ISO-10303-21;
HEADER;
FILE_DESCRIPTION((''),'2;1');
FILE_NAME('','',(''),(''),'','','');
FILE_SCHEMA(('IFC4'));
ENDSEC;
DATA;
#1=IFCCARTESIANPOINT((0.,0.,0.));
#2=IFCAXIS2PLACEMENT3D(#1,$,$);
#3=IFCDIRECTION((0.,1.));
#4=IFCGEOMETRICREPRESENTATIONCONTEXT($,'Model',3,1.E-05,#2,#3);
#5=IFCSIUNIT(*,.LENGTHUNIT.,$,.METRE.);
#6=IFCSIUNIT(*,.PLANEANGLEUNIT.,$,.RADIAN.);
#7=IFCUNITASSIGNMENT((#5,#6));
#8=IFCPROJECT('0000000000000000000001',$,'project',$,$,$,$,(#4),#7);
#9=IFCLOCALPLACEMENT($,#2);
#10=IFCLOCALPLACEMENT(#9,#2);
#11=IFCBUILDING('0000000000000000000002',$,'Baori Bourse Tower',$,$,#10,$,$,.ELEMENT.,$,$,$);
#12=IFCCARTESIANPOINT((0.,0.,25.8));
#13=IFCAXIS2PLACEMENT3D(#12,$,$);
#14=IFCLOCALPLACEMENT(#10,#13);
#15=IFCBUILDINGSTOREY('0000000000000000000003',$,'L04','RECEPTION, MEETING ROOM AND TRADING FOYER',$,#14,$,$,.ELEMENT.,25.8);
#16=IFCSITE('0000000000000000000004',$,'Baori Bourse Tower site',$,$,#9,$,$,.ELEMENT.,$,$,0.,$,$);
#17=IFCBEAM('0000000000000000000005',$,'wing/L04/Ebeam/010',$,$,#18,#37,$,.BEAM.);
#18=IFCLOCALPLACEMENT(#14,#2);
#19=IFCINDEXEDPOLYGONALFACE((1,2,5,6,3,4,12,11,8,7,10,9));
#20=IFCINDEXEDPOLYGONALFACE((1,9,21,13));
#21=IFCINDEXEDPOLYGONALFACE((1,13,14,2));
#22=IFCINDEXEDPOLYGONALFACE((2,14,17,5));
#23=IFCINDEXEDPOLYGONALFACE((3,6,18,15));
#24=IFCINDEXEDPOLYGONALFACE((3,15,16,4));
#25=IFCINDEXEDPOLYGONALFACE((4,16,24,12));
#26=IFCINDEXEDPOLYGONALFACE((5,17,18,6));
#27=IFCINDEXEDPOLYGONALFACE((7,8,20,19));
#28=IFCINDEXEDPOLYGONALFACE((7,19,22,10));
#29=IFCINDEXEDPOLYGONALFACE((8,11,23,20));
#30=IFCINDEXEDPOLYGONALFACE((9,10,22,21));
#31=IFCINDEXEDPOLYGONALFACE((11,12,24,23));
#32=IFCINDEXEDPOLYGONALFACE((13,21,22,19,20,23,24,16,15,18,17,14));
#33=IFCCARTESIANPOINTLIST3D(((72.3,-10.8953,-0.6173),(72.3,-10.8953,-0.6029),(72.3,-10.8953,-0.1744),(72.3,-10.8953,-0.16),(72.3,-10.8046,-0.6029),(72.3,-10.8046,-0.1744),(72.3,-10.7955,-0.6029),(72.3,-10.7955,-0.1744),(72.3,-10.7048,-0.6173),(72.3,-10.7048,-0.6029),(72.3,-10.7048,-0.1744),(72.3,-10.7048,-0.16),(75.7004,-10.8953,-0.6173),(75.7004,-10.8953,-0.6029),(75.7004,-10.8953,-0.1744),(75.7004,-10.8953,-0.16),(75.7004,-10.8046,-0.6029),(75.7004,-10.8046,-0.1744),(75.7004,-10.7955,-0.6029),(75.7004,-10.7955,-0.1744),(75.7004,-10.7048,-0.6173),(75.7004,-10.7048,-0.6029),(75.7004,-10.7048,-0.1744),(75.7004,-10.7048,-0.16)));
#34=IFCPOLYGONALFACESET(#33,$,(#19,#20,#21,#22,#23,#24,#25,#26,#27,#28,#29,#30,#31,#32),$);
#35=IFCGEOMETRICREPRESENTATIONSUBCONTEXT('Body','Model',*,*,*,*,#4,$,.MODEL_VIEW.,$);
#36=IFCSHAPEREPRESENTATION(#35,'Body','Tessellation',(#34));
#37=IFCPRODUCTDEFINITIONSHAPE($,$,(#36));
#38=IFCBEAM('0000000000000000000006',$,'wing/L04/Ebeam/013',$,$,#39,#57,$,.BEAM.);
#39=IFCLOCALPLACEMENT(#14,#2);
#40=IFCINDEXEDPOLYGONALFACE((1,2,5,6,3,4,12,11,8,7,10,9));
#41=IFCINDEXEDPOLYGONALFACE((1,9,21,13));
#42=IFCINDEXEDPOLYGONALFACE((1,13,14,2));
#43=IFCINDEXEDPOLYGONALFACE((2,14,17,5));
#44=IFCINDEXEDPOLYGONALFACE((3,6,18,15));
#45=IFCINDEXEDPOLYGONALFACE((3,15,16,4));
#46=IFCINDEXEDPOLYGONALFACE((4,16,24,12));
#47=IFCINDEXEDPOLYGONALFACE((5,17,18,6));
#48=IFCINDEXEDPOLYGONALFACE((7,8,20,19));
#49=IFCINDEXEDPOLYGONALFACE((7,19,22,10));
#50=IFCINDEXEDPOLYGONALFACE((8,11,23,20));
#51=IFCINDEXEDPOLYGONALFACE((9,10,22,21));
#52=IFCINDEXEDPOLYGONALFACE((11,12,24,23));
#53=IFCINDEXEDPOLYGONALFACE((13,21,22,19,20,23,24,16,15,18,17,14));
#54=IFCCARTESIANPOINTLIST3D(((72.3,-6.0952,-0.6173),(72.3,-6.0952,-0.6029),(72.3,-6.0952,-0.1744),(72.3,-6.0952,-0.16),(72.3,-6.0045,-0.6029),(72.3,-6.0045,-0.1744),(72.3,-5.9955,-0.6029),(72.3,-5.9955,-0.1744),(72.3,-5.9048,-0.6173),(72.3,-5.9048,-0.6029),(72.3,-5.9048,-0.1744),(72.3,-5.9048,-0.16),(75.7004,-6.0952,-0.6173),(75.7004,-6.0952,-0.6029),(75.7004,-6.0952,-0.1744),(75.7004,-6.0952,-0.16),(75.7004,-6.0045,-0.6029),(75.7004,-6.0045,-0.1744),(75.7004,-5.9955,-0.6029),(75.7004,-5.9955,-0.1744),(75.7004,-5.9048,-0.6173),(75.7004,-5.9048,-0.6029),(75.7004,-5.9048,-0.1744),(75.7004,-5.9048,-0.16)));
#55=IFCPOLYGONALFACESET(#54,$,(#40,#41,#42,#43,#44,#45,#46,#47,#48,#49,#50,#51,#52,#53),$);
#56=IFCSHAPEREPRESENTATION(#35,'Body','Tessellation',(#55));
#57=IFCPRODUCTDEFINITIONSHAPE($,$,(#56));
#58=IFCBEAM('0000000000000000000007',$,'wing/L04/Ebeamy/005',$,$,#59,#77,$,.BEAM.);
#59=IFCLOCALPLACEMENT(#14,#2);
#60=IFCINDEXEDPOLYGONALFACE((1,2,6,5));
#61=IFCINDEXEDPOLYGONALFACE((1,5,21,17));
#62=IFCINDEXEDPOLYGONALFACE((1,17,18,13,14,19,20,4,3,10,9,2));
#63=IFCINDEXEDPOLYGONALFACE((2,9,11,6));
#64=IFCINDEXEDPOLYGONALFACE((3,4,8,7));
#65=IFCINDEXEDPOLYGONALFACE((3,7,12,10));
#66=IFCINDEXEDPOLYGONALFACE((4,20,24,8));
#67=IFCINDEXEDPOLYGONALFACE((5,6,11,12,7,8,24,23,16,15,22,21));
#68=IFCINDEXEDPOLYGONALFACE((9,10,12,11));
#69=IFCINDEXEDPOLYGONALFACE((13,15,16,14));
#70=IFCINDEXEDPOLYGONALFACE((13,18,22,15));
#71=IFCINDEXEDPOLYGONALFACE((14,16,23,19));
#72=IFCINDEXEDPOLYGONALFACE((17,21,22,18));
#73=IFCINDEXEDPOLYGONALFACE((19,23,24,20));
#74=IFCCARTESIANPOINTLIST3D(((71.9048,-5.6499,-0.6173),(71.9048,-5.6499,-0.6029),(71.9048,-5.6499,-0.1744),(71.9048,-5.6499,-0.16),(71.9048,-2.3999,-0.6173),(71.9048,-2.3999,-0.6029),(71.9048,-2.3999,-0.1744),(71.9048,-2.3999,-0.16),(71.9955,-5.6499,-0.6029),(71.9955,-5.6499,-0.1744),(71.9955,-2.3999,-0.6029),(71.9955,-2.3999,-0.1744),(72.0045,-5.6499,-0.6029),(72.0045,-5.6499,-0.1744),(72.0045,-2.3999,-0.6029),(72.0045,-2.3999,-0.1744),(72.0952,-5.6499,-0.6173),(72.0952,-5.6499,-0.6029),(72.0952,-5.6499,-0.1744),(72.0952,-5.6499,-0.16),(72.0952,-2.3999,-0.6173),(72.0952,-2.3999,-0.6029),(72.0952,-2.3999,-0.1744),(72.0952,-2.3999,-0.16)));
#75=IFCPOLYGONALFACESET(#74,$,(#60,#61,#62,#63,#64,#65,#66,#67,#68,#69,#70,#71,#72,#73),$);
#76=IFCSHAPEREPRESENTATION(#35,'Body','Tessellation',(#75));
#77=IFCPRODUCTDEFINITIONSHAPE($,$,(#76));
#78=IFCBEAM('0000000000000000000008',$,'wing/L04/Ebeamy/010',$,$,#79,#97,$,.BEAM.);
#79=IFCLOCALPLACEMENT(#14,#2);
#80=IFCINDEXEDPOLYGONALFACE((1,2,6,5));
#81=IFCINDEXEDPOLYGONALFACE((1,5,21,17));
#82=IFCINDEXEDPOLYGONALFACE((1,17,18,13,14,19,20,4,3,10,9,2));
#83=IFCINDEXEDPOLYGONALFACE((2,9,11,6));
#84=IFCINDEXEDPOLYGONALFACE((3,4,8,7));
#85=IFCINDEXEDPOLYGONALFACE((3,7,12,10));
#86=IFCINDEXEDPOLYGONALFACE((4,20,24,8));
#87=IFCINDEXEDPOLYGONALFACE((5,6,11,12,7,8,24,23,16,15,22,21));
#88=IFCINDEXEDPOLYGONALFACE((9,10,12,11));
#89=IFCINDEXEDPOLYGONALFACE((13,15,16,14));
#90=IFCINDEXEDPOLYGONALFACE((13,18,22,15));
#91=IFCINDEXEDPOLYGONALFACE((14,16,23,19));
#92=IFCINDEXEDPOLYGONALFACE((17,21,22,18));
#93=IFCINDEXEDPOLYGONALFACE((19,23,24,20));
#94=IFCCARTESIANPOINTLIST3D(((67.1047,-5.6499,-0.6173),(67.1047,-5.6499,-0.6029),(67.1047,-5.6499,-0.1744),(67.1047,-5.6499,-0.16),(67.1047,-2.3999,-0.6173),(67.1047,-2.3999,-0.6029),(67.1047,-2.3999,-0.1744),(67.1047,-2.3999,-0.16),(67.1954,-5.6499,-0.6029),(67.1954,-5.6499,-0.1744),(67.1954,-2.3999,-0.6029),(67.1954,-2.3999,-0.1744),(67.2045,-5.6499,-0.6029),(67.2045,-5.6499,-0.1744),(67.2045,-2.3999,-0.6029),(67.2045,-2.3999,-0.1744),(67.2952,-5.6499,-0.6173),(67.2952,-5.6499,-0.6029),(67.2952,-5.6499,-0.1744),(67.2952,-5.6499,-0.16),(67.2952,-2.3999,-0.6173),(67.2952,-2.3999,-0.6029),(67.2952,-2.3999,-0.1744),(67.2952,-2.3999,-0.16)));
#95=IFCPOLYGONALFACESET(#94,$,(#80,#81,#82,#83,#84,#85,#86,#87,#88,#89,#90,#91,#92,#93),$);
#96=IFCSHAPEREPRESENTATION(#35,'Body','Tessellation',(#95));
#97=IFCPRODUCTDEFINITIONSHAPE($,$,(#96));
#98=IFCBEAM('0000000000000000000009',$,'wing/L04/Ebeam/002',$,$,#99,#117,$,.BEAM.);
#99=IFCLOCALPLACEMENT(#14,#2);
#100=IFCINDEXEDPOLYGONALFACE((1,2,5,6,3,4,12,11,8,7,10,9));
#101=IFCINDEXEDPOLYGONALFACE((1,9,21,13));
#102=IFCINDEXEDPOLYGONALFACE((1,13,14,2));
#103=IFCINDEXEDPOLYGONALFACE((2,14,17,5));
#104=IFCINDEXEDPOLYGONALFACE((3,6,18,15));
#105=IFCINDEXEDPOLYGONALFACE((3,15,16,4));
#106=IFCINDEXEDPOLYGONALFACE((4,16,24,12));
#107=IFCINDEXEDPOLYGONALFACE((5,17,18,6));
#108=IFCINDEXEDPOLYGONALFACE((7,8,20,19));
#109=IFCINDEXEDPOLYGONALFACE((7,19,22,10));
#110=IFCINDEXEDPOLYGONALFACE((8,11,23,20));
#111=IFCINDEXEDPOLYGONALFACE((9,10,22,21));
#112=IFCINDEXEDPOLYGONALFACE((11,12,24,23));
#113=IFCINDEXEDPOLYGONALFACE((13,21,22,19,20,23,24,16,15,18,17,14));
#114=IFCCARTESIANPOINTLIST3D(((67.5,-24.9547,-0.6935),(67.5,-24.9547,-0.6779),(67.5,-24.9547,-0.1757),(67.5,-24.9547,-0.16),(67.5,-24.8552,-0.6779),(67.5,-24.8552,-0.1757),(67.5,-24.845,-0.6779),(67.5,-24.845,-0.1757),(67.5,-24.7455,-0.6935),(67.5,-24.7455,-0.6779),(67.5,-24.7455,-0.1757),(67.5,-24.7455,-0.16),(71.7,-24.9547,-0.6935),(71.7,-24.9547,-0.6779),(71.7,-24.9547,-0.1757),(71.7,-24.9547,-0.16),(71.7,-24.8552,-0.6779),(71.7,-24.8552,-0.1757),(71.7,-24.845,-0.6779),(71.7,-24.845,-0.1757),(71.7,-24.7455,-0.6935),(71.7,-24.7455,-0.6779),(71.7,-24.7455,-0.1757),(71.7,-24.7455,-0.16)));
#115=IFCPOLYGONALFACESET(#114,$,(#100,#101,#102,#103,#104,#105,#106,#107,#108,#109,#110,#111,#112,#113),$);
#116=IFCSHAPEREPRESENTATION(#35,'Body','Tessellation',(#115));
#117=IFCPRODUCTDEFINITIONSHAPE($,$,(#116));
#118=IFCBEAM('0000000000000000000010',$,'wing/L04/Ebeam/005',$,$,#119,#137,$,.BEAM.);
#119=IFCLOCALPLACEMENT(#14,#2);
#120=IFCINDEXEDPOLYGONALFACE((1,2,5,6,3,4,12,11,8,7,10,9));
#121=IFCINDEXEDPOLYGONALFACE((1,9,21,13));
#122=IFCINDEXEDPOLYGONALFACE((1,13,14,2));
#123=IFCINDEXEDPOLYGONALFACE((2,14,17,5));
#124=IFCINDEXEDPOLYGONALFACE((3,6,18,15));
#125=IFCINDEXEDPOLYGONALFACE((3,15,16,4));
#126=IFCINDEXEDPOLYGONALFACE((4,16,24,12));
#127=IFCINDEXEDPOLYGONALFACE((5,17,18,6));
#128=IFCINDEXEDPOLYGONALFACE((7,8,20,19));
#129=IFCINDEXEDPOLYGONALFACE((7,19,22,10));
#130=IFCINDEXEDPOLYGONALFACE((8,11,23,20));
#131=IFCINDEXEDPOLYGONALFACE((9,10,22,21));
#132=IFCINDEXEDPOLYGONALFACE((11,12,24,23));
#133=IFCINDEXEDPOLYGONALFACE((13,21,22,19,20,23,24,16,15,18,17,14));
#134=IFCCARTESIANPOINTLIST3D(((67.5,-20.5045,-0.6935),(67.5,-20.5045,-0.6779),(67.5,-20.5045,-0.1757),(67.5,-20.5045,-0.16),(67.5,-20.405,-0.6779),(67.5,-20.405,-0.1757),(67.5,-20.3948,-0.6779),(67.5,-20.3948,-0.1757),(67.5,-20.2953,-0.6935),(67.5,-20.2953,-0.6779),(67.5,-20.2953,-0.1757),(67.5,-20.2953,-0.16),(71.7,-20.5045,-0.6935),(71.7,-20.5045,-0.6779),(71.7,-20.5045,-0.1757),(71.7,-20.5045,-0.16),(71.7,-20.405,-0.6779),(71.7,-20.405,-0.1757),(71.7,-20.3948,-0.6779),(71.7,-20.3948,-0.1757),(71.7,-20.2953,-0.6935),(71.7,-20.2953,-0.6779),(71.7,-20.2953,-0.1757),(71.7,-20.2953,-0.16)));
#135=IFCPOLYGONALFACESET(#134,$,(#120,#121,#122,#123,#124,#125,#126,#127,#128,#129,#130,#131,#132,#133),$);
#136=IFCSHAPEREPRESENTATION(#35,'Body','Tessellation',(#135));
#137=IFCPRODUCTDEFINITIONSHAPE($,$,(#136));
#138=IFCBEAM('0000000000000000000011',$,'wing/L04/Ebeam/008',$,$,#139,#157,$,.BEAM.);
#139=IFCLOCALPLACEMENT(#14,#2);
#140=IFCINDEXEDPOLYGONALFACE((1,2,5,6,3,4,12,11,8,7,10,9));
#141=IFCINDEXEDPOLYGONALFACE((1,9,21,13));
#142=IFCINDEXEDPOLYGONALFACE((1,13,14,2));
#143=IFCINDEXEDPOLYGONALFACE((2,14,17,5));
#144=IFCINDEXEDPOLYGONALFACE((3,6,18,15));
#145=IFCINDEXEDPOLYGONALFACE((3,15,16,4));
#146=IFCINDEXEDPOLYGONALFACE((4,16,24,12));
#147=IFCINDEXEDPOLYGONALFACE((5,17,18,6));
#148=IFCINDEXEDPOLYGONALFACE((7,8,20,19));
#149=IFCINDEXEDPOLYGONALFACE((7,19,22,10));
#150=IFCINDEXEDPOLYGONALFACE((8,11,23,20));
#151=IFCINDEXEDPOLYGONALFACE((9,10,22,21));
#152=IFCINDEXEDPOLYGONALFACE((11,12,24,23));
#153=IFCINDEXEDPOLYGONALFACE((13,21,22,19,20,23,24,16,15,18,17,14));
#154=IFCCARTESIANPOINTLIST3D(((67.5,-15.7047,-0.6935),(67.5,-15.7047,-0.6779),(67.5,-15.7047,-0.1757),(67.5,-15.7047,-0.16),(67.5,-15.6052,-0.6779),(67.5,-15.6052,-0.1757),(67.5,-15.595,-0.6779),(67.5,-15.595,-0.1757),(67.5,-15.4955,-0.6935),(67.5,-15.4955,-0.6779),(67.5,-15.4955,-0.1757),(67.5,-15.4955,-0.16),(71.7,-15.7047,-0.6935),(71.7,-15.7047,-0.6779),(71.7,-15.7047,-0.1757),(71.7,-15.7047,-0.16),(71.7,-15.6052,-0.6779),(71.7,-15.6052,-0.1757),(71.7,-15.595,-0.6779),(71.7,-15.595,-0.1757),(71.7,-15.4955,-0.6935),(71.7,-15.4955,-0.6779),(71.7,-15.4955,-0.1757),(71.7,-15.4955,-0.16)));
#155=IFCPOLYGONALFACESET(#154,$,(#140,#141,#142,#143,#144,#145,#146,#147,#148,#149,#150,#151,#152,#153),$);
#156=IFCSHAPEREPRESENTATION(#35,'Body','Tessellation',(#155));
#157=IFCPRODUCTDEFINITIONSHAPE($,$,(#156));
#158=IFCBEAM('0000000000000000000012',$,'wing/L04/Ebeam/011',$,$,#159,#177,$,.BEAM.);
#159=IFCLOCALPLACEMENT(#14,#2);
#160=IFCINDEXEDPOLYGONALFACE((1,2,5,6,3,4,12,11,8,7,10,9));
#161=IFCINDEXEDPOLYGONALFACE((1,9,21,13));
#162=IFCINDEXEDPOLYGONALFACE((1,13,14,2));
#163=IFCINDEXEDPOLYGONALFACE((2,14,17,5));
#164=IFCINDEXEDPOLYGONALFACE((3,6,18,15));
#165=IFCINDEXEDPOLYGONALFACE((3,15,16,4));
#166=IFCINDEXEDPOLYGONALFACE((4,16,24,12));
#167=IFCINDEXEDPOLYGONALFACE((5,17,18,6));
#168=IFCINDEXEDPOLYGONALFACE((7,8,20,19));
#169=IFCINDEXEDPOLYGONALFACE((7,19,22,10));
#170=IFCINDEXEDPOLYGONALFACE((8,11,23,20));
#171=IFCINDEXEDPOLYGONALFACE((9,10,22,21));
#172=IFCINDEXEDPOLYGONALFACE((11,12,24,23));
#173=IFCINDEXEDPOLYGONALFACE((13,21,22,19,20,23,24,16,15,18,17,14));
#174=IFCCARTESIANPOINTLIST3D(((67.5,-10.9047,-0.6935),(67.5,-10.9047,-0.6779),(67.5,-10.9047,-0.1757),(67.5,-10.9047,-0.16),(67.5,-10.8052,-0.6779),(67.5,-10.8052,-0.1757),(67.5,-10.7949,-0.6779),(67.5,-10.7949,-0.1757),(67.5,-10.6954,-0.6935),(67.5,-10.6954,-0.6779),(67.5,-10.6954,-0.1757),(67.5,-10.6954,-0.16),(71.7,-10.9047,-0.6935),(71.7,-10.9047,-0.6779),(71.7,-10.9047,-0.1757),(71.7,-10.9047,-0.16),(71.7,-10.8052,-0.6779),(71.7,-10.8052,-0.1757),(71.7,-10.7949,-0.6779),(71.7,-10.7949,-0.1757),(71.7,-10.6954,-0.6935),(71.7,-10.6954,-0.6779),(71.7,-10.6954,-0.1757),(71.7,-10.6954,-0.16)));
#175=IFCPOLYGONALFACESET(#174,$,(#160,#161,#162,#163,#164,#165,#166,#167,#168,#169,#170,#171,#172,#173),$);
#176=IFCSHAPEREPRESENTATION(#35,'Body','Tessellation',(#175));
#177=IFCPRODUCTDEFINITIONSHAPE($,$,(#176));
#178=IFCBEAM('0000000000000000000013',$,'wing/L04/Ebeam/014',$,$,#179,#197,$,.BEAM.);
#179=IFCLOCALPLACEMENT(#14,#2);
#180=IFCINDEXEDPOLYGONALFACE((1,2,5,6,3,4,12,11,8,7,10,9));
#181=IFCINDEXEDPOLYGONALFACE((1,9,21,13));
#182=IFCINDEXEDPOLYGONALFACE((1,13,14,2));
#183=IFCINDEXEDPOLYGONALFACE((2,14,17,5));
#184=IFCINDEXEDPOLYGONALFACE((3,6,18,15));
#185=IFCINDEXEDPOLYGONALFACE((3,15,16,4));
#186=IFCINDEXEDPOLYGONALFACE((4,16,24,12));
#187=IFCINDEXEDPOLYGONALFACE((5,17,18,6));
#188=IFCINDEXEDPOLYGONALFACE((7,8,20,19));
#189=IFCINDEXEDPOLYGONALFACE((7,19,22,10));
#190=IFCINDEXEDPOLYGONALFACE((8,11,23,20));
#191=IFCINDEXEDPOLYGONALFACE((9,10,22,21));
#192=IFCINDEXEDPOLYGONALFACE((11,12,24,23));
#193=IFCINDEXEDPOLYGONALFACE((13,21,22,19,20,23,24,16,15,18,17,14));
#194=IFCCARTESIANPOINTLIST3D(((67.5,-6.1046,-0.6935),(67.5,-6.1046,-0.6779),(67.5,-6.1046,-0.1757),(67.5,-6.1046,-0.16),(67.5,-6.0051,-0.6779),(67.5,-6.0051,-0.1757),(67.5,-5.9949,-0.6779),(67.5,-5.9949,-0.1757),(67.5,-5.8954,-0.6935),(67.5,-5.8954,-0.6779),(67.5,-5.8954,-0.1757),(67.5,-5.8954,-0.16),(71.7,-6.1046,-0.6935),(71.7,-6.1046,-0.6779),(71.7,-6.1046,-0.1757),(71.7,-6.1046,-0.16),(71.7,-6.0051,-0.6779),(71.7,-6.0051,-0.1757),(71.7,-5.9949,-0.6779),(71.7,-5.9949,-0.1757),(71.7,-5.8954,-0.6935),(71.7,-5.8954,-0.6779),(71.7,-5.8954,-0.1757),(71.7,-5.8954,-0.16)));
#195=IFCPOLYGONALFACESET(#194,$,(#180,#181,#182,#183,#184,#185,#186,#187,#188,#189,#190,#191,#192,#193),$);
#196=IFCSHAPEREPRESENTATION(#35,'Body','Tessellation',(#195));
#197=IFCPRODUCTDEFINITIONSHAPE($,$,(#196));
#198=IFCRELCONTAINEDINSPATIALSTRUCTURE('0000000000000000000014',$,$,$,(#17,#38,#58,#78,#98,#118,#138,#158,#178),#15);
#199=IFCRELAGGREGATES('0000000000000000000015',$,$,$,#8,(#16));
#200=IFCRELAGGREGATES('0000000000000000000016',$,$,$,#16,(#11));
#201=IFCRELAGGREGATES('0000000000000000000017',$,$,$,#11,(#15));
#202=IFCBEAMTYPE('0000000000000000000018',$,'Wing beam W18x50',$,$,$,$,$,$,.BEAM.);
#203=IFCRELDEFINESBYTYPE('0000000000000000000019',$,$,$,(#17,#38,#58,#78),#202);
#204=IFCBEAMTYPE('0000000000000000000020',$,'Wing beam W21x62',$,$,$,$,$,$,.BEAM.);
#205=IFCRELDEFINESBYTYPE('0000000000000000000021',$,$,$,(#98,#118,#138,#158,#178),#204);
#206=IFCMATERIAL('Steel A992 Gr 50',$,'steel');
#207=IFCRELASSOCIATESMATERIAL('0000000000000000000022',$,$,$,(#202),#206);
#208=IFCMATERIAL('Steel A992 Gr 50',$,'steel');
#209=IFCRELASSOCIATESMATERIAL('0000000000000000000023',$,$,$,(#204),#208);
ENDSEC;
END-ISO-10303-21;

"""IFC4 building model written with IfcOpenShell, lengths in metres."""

from ifc_helpers import new_model, si_unit, direction, frame, origin, origin_2d, place, context, subcontext, project, spatial, i_section, extrude, material, material_profile, profile_set, type_object, element, save


model = new_model("IFC4")

# Units and contexts
model_context = context("Model", 3, precision=1e-05, world=origin(), true_north=direction((0.0, 1.0)))
body_context = subcontext(model_context, "Body", "Model", "MODEL_VIEW")
ifc_project = project(units=[si_unit("LENGTHUNIT", "METRE"), si_unit("PLANEANGLEUNIT", "RADIAN")], contexts=[model_context])

# Site, building, storey
site_placement = place(None, origin())
site = spatial("IfcSite", under=ifc_project, at=site_placement, Name="Baori Bourse Tower site", CompositionType="ELEMENT", RefElevation=0.0)
building_placement = place(site_placement, origin())
building = spatial("IfcBuilding", under=site, at=building_placement, Name="Baori Bourse Tower", CompositionType="ELEMENT")
storey_placement = place(building_placement, frame((0.0, 0.0, 25.8)))
storey = spatial("IfcBuildingStorey", under=building, at=storey_placement, Name="L04", Description="RECEPTION, MEETING ROOM AND TRADING FOYER", CompositionType="ELEMENT", Elevation=25.8)

# Beams
ifc_material_1 = material(Name="Steel A992 Gr 50", Category="steel")
ifc_material_profile_1 = material_profile(ifc_material_1, i_section(OverallWidth=0.1904, OverallDepth=0.4573, WebThickness=0.009, FlangeThickness=0.0144, at=origin_2d()), Name="W18x50")
ifc_profile_set_1 = profile_set([ifc_material_profile_1], Name="Steel A992 Gr 50")
beam_type_1 = type_object("IfcBeamType", Name="Wing beam W18x50", PredefinedType="BEAM", material=ifc_profile_set_1)
for number, where, z_axis, x_axis, name in (
    (1, (75.7004, -10.8, -0.3887), (-1.0, 0.0, 0.0), (0.0, -1.0, 0.0), "wing/L04/Ebeam/010"),
    (2, (75.7004, -6.0, -0.3887), (-1.0, 0.0, 0.0), (0.0, -1.0, 0.0), "wing/L04/Ebeam/013"),
):
    element("IfcBeam", number, at=place(storey_placement, frame(where, z_axis=z_axis, x_axis=x_axis)), inside=storey, type_object=beam_type_1, Name=name, PredefinedType="BEAM", context=body_context, shape_type="SweptSolid", body=[
        extrude(i_section(OverallWidth=0.1904, OverallDepth=0.4573, WebThickness=0.009, FlangeThickness=0.0144, at=origin_2d()), origin(), (0.0, 0.0, 1.0), 3.4004),
    ])
for number, where, z_axis, x_axis, name in (
    (3, (72.0, -5.6499, -0.3887), (0.0, 1.0, 0.0), (-1.0, 0.0, 0.0), "wing/L04/Ebeamy/005"),
    (4, (67.2, -5.6499, -0.3887), (0.0, 1.0, 0.0), (-1.0, 0.0, 0.0), "wing/L04/Ebeamy/010"),
):
    element("IfcBeam", number, at=place(storey_placement, frame(where, z_axis=z_axis, x_axis=x_axis)), inside=storey, type_object=beam_type_1, Name=name, PredefinedType="BEAM", context=body_context, shape_type="SweptSolid", body=[
        extrude(i_section(OverallWidth=0.1904, OverallDepth=0.4573, WebThickness=0.009, FlangeThickness=0.0144, at=origin_2d()), origin(), (0.0, 0.0, 1.0), 3.25),
    ])
ifc_material_2 = material(Name="Steel A992 Gr 50", Category="steel")
ifc_material_profile_2 = material_profile(ifc_material_2, i_section(OverallWidth=0.2092, OverallDepth=0.5334, WebThickness=0.0103, FlangeThickness=0.0156, at=origin_2d()), Name="W21x62")
ifc_profile_set_2 = profile_set([ifc_material_profile_2], Name="Steel A992 Gr 50")
beam_type_2 = type_object("IfcBeamType", Name="Wing beam W21x62", PredefinedType="BEAM", material=ifc_profile_set_2)
for number, where, z_axis, x_axis, name in (
    (5, (71.7, -24.8501, -0.4268), (-1.0, 0.0, 0.0), (0.0, -1.0, 0.0), "wing/L04/Ebeam/002"),
    (6, (71.7, -20.3999, -0.4268), (-1.0, 0.0, 0.0), (0.0, -1.0, 0.0), "wing/L04/Ebeam/005"),
    (7, (71.7, -15.6001, -0.4268), (-1.0, 0.0, 0.0), (0.0, -1.0, 0.0), "wing/L04/Ebeam/008"),
    (8, (71.7, -10.8, -0.4268), (-1.0, 0.0, 0.0), (0.0, -1.0, 0.0), "wing/L04/Ebeam/011"),
    (9, (71.7, -6.0, -0.4268), (-1.0, 0.0, 0.0), (0.0, -1.0, 0.0), "wing/L04/Ebeam/014"),
):
    element("IfcBeam", number, at=place(storey_placement, frame(where, z_axis=z_axis, x_axis=x_axis)), inside=storey, type_object=beam_type_2, Name=name, PredefinedType="BEAM", context=body_context, shape_type="SweptSolid", body=[
        extrude(i_section(OverallWidth=0.2092, OverallDepth=0.5334, WebThickness=0.0103, FlangeThickness=0.0156, at=origin_2d()), origin(), (0.0, 0.0, 1.0), 4.2),
    ])

save(model, "model.ifc")
